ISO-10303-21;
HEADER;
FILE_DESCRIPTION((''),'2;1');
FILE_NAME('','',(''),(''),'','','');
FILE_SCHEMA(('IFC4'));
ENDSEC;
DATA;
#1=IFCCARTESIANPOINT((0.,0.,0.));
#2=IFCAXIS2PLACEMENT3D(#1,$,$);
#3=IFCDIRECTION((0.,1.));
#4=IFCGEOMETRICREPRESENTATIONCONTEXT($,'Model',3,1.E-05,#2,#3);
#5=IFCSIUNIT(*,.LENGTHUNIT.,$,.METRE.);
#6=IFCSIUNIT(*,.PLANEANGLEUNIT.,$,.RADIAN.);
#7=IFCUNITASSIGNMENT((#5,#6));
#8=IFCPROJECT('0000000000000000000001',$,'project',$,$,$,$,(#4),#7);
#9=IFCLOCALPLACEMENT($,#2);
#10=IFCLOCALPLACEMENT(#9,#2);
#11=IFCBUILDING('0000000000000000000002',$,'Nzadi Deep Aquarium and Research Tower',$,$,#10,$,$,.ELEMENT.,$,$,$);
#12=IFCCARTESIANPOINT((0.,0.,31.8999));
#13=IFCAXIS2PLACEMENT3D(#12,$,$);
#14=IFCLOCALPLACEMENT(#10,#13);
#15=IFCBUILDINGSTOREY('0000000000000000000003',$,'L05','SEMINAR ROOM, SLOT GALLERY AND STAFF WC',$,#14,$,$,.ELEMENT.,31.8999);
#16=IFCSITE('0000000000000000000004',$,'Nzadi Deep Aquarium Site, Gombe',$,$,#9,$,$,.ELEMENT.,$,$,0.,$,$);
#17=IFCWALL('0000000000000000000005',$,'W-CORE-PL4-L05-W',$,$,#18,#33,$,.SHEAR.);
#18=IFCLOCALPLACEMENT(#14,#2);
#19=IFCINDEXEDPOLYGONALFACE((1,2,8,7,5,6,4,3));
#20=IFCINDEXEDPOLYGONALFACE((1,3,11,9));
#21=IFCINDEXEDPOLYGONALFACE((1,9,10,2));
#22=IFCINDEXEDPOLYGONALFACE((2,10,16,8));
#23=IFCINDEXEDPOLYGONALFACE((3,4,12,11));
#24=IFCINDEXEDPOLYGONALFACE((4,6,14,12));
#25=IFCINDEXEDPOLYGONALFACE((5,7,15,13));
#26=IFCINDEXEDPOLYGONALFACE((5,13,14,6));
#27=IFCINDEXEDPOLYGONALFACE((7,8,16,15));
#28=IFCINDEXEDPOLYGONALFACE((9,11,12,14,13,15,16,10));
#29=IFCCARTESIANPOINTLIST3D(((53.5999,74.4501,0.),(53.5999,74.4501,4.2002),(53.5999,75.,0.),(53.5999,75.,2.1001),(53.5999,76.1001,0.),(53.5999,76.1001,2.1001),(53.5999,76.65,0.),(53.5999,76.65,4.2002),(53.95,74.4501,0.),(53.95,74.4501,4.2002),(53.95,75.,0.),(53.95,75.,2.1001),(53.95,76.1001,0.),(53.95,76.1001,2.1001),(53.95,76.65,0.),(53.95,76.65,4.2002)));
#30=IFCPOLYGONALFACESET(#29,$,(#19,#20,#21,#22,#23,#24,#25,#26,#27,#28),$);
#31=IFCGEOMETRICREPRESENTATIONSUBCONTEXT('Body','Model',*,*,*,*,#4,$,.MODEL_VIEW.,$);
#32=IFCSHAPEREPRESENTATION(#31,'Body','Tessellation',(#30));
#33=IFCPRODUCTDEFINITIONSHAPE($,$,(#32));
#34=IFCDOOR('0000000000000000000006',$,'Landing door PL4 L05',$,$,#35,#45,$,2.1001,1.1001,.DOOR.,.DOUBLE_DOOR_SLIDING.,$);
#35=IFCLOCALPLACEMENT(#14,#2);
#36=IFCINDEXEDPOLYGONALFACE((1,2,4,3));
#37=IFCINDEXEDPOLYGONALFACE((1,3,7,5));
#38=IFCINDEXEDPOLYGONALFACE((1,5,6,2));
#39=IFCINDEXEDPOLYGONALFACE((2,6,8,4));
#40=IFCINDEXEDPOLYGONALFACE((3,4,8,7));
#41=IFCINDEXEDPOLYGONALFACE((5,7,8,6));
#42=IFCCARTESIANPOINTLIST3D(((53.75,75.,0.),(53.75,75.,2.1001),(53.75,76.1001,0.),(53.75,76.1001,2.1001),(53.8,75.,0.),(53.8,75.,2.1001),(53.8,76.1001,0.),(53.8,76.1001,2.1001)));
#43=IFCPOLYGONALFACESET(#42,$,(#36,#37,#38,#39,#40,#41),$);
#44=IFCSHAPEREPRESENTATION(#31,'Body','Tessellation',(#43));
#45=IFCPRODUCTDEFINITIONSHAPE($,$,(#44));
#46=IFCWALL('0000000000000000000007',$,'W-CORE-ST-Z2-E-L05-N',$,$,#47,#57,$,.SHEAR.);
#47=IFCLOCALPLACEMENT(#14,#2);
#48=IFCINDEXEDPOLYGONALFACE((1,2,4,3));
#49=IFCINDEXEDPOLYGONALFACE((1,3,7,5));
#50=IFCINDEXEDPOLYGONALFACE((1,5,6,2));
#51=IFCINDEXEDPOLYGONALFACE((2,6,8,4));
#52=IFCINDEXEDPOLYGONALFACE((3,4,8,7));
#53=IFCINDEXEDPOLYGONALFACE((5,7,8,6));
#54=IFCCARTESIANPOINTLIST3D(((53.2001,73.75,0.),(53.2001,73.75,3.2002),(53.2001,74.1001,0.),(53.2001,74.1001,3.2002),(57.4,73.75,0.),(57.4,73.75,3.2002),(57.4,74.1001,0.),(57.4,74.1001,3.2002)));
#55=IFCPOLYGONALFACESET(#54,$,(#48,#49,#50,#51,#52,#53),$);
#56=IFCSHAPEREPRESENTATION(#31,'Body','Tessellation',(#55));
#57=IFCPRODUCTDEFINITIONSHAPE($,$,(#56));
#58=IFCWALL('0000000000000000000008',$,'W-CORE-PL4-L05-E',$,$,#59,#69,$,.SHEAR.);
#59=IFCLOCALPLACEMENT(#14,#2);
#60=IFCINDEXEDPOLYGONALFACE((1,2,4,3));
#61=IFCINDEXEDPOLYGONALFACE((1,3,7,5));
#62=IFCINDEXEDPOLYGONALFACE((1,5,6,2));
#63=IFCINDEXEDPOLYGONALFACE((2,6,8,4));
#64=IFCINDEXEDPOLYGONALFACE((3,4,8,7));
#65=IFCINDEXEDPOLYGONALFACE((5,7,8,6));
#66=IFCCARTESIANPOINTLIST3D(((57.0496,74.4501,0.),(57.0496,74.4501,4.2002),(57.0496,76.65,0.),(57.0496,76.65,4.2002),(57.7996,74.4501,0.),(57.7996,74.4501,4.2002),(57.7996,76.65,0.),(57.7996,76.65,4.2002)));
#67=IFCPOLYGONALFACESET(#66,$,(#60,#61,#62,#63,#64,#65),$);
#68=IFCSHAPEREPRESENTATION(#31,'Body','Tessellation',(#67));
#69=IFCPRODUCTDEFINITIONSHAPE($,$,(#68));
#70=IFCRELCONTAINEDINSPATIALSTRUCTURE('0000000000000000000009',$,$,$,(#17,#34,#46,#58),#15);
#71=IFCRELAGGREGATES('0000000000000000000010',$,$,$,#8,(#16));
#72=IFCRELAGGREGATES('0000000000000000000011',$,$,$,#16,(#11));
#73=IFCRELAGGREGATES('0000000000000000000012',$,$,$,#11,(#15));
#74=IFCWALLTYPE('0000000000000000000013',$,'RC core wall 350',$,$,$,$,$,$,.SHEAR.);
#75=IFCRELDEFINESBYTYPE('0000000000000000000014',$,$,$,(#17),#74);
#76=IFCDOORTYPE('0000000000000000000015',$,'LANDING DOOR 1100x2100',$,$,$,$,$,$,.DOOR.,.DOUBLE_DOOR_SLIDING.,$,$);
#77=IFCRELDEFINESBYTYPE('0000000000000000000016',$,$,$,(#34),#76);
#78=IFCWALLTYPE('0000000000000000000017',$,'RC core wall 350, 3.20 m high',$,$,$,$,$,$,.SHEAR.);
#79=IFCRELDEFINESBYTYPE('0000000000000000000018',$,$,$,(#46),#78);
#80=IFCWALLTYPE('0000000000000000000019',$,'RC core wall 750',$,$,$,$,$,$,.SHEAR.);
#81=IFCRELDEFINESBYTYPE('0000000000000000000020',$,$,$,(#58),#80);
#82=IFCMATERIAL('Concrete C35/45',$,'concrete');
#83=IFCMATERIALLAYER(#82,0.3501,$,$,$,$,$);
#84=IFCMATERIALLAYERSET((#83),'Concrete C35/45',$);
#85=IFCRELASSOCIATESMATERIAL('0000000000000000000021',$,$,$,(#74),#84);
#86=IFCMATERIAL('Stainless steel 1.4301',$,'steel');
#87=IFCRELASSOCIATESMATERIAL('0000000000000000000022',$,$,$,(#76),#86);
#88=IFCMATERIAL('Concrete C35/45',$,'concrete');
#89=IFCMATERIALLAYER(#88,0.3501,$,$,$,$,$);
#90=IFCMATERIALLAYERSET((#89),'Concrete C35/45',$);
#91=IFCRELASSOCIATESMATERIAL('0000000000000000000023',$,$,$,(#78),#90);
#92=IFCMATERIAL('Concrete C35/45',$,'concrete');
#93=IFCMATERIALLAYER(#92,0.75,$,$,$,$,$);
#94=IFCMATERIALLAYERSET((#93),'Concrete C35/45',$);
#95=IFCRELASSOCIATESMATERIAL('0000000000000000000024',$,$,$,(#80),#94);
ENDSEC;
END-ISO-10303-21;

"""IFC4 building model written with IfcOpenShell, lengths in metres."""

from ifc_helpers import new_model, si_unit, direction, frame, frame_2d, origin, place, context, subcontext, project, spatial, rectangle, extrude, material, layer, layer_set, type_object, element, fill, save


model = new_model("IFC4")

# Units and contexts
model_context = context("Model", 3, precision=1e-05, world=origin(), true_north=direction((0.0, 1.0)))
body_context = subcontext(model_context, "Body", "Model", "MODEL_VIEW")
ifc_project = project(units=[si_unit("LENGTHUNIT", "METRE"), si_unit("PLANEANGLEUNIT", "RADIAN")], contexts=[model_context])

# Site, building, storey
site_placement = place(None, origin())
site = spatial("IfcSite", under=ifc_project, at=site_placement, Name="Nzadi Deep Aquarium Site, Gombe", CompositionType="ELEMENT", RefElevation=0.0)
building_placement = place(site_placement, origin())
building = spatial("IfcBuilding", under=site, at=building_placement, Name="Nzadi Deep Aquarium and Research Tower", CompositionType="ELEMENT")
storey_placement = place(building_placement, frame((0.0, 0.0, 31.8999)))
storey = spatial("IfcBuildingStorey", under=building, at=storey_placement, Name="L05", Description="SEMINAR ROOM, SLOT GALLERY AND STAFF WC", CompositionType="ELEMENT", Elevation=31.8999)

# Shared definitions
ifc_material_1 = material(Name="Concrete C35/45", Category="concrete")
ifc_layer_1 = layer(ifc_material_1, 0.3501)
ifc_layer_set_1 = layer_set([ifc_layer_1], Name="Concrete C35/45")
wall_type_1 = type_object("IfcWallType", Name="RC core wall 350", PredefinedType="SHEAR", material=ifc_layer_set_1)

# Wall, opening, door
wall_1_placement = place(storey_placement, frame((53.7749, 74.45, 0.0), z_axis=(0.0, 0.0, 1.0), x_axis=(0.0, 1.0, 0.0)))
wall_1 = element("IfcWall", 1, at=wall_1_placement, inside=storey, type_object=wall_type_1, Name="W-CORE-PL4-L05-W", PredefinedType="SHEAR", context=body_context, shape_type="SweptSolid", body=[
    extrude(rectangle(XDim=2.2, YDim=0.3501, at=frame_2d((1.1001, 0.0))), origin(), (0.0, 0.0, 1.0), 4.2002),
])
opening_placement = place(wall_1_placement, frame((0.55, 0.0, 0.0)))
opening = element("IfcOpeningElement", 2, at=opening_placement, cuts=wall_1, PredefinedType="OPENING", context=body_context, shape_type="SweptSolid", body=[
    extrude(rectangle(XDim=1.1001, YDim=2.1001, at=frame_2d((0.55, 1.05))), frame((0.0, 0.1851, 0.0), z_axis=(0.0, -1.0, 0.0), x_axis=(1.0, 0.0, 0.0)), (0.0, 0.0, 1.0), 0.3701),
])
ifc_material_2 = material(Name="Stainless steel 1.4301", Category="steel")
door_type = type_object("IfcDoorType", Name="LANDING DOOR 1100x2100", OperationType="DOUBLE_DOOR_SLIDING", PredefinedType="DOOR", material=ifc_material_2)
door_placement = place(opening_placement, origin())
door = element("IfcDoor", 3, at=door_placement, inside=storey, type_object=door_type, Name="Landing door PL4 L05", OperationType="DOUBLE_DOOR_SLIDING", OverallHeight=2.1001, OverallWidth=1.1001, PredefinedType="DOOR", context=body_context, shape_type="SweptSolid", body=[
    extrude(rectangle(XDim=1.1001, YDim=2.1001, at=frame_2d((0.55, 1.05))), frame((0.0, 0.0249, 0.0), z_axis=(0.0, -1.0, 0.0), x_axis=(1.0, 0.0, 0.0)), (0.0, 0.0, 1.0), 0.05),
])
fill(opening, door)

# Walls
ifc_material_3 = material(Name="Concrete C35/45", Category="concrete")
ifc_layer_2 = layer(ifc_material_3, 0.3501)
ifc_layer_set_2 = layer_set([ifc_layer_2], Name="Concrete C35/45")
wall_type_2 = type_object("IfcWallType", Name="RC core wall 350, 3.20 m high", PredefinedType="SHEAR", material=ifc_layer_set_2)
wall_2_placement = place(storey_placement, frame((53.2, 73.925, 0.0), z_axis=(0.0, 0.0, 1.0), x_axis=(1.0, 0.0, 0.0)))
element("IfcWall", 4, at=wall_2_placement, inside=storey, type_object=wall_type_2, Name="W-CORE-ST-Z2-E-L05-N", PredefinedType="SHEAR", context=body_context, shape_type="SweptSolid", body=[
    extrude(rectangle(XDim=4.2, YDim=0.3501, at=frame_2d((2.1001, 0.0))), origin(), (0.0, 0.0, 1.0), 3.2002),
])
ifc_material_4 = material(Name="Concrete C35/45", Category="concrete")
ifc_layer_3 = layer(ifc_material_4, 0.75)
ifc_layer_set_3 = layer_set([ifc_layer_3], Name="Concrete C35/45")
wall_type_3 = type_object("IfcWallType", Name="RC core wall 750", PredefinedType="SHEAR", material=ifc_layer_set_3)
wall_3_placement = place(storey_placement, frame((57.4246, 74.45, 0.0), z_axis=(0.0, 0.0, 1.0), x_axis=(0.0, 1.0, 0.0)))
element("IfcWall", 5, at=wall_3_placement, inside=storey, type_object=wall_type_3, Name="W-CORE-PL4-L05-E", PredefinedType="SHEAR", context=body_context, shape_type="SweptSolid", body=[
    extrude(rectangle(XDim=2.2, YDim=0.75, at=frame_2d((1.1001, 0.0))), origin(), (0.0, 0.0, 1.0), 4.2002),
])

save(model, "model.ifc")
